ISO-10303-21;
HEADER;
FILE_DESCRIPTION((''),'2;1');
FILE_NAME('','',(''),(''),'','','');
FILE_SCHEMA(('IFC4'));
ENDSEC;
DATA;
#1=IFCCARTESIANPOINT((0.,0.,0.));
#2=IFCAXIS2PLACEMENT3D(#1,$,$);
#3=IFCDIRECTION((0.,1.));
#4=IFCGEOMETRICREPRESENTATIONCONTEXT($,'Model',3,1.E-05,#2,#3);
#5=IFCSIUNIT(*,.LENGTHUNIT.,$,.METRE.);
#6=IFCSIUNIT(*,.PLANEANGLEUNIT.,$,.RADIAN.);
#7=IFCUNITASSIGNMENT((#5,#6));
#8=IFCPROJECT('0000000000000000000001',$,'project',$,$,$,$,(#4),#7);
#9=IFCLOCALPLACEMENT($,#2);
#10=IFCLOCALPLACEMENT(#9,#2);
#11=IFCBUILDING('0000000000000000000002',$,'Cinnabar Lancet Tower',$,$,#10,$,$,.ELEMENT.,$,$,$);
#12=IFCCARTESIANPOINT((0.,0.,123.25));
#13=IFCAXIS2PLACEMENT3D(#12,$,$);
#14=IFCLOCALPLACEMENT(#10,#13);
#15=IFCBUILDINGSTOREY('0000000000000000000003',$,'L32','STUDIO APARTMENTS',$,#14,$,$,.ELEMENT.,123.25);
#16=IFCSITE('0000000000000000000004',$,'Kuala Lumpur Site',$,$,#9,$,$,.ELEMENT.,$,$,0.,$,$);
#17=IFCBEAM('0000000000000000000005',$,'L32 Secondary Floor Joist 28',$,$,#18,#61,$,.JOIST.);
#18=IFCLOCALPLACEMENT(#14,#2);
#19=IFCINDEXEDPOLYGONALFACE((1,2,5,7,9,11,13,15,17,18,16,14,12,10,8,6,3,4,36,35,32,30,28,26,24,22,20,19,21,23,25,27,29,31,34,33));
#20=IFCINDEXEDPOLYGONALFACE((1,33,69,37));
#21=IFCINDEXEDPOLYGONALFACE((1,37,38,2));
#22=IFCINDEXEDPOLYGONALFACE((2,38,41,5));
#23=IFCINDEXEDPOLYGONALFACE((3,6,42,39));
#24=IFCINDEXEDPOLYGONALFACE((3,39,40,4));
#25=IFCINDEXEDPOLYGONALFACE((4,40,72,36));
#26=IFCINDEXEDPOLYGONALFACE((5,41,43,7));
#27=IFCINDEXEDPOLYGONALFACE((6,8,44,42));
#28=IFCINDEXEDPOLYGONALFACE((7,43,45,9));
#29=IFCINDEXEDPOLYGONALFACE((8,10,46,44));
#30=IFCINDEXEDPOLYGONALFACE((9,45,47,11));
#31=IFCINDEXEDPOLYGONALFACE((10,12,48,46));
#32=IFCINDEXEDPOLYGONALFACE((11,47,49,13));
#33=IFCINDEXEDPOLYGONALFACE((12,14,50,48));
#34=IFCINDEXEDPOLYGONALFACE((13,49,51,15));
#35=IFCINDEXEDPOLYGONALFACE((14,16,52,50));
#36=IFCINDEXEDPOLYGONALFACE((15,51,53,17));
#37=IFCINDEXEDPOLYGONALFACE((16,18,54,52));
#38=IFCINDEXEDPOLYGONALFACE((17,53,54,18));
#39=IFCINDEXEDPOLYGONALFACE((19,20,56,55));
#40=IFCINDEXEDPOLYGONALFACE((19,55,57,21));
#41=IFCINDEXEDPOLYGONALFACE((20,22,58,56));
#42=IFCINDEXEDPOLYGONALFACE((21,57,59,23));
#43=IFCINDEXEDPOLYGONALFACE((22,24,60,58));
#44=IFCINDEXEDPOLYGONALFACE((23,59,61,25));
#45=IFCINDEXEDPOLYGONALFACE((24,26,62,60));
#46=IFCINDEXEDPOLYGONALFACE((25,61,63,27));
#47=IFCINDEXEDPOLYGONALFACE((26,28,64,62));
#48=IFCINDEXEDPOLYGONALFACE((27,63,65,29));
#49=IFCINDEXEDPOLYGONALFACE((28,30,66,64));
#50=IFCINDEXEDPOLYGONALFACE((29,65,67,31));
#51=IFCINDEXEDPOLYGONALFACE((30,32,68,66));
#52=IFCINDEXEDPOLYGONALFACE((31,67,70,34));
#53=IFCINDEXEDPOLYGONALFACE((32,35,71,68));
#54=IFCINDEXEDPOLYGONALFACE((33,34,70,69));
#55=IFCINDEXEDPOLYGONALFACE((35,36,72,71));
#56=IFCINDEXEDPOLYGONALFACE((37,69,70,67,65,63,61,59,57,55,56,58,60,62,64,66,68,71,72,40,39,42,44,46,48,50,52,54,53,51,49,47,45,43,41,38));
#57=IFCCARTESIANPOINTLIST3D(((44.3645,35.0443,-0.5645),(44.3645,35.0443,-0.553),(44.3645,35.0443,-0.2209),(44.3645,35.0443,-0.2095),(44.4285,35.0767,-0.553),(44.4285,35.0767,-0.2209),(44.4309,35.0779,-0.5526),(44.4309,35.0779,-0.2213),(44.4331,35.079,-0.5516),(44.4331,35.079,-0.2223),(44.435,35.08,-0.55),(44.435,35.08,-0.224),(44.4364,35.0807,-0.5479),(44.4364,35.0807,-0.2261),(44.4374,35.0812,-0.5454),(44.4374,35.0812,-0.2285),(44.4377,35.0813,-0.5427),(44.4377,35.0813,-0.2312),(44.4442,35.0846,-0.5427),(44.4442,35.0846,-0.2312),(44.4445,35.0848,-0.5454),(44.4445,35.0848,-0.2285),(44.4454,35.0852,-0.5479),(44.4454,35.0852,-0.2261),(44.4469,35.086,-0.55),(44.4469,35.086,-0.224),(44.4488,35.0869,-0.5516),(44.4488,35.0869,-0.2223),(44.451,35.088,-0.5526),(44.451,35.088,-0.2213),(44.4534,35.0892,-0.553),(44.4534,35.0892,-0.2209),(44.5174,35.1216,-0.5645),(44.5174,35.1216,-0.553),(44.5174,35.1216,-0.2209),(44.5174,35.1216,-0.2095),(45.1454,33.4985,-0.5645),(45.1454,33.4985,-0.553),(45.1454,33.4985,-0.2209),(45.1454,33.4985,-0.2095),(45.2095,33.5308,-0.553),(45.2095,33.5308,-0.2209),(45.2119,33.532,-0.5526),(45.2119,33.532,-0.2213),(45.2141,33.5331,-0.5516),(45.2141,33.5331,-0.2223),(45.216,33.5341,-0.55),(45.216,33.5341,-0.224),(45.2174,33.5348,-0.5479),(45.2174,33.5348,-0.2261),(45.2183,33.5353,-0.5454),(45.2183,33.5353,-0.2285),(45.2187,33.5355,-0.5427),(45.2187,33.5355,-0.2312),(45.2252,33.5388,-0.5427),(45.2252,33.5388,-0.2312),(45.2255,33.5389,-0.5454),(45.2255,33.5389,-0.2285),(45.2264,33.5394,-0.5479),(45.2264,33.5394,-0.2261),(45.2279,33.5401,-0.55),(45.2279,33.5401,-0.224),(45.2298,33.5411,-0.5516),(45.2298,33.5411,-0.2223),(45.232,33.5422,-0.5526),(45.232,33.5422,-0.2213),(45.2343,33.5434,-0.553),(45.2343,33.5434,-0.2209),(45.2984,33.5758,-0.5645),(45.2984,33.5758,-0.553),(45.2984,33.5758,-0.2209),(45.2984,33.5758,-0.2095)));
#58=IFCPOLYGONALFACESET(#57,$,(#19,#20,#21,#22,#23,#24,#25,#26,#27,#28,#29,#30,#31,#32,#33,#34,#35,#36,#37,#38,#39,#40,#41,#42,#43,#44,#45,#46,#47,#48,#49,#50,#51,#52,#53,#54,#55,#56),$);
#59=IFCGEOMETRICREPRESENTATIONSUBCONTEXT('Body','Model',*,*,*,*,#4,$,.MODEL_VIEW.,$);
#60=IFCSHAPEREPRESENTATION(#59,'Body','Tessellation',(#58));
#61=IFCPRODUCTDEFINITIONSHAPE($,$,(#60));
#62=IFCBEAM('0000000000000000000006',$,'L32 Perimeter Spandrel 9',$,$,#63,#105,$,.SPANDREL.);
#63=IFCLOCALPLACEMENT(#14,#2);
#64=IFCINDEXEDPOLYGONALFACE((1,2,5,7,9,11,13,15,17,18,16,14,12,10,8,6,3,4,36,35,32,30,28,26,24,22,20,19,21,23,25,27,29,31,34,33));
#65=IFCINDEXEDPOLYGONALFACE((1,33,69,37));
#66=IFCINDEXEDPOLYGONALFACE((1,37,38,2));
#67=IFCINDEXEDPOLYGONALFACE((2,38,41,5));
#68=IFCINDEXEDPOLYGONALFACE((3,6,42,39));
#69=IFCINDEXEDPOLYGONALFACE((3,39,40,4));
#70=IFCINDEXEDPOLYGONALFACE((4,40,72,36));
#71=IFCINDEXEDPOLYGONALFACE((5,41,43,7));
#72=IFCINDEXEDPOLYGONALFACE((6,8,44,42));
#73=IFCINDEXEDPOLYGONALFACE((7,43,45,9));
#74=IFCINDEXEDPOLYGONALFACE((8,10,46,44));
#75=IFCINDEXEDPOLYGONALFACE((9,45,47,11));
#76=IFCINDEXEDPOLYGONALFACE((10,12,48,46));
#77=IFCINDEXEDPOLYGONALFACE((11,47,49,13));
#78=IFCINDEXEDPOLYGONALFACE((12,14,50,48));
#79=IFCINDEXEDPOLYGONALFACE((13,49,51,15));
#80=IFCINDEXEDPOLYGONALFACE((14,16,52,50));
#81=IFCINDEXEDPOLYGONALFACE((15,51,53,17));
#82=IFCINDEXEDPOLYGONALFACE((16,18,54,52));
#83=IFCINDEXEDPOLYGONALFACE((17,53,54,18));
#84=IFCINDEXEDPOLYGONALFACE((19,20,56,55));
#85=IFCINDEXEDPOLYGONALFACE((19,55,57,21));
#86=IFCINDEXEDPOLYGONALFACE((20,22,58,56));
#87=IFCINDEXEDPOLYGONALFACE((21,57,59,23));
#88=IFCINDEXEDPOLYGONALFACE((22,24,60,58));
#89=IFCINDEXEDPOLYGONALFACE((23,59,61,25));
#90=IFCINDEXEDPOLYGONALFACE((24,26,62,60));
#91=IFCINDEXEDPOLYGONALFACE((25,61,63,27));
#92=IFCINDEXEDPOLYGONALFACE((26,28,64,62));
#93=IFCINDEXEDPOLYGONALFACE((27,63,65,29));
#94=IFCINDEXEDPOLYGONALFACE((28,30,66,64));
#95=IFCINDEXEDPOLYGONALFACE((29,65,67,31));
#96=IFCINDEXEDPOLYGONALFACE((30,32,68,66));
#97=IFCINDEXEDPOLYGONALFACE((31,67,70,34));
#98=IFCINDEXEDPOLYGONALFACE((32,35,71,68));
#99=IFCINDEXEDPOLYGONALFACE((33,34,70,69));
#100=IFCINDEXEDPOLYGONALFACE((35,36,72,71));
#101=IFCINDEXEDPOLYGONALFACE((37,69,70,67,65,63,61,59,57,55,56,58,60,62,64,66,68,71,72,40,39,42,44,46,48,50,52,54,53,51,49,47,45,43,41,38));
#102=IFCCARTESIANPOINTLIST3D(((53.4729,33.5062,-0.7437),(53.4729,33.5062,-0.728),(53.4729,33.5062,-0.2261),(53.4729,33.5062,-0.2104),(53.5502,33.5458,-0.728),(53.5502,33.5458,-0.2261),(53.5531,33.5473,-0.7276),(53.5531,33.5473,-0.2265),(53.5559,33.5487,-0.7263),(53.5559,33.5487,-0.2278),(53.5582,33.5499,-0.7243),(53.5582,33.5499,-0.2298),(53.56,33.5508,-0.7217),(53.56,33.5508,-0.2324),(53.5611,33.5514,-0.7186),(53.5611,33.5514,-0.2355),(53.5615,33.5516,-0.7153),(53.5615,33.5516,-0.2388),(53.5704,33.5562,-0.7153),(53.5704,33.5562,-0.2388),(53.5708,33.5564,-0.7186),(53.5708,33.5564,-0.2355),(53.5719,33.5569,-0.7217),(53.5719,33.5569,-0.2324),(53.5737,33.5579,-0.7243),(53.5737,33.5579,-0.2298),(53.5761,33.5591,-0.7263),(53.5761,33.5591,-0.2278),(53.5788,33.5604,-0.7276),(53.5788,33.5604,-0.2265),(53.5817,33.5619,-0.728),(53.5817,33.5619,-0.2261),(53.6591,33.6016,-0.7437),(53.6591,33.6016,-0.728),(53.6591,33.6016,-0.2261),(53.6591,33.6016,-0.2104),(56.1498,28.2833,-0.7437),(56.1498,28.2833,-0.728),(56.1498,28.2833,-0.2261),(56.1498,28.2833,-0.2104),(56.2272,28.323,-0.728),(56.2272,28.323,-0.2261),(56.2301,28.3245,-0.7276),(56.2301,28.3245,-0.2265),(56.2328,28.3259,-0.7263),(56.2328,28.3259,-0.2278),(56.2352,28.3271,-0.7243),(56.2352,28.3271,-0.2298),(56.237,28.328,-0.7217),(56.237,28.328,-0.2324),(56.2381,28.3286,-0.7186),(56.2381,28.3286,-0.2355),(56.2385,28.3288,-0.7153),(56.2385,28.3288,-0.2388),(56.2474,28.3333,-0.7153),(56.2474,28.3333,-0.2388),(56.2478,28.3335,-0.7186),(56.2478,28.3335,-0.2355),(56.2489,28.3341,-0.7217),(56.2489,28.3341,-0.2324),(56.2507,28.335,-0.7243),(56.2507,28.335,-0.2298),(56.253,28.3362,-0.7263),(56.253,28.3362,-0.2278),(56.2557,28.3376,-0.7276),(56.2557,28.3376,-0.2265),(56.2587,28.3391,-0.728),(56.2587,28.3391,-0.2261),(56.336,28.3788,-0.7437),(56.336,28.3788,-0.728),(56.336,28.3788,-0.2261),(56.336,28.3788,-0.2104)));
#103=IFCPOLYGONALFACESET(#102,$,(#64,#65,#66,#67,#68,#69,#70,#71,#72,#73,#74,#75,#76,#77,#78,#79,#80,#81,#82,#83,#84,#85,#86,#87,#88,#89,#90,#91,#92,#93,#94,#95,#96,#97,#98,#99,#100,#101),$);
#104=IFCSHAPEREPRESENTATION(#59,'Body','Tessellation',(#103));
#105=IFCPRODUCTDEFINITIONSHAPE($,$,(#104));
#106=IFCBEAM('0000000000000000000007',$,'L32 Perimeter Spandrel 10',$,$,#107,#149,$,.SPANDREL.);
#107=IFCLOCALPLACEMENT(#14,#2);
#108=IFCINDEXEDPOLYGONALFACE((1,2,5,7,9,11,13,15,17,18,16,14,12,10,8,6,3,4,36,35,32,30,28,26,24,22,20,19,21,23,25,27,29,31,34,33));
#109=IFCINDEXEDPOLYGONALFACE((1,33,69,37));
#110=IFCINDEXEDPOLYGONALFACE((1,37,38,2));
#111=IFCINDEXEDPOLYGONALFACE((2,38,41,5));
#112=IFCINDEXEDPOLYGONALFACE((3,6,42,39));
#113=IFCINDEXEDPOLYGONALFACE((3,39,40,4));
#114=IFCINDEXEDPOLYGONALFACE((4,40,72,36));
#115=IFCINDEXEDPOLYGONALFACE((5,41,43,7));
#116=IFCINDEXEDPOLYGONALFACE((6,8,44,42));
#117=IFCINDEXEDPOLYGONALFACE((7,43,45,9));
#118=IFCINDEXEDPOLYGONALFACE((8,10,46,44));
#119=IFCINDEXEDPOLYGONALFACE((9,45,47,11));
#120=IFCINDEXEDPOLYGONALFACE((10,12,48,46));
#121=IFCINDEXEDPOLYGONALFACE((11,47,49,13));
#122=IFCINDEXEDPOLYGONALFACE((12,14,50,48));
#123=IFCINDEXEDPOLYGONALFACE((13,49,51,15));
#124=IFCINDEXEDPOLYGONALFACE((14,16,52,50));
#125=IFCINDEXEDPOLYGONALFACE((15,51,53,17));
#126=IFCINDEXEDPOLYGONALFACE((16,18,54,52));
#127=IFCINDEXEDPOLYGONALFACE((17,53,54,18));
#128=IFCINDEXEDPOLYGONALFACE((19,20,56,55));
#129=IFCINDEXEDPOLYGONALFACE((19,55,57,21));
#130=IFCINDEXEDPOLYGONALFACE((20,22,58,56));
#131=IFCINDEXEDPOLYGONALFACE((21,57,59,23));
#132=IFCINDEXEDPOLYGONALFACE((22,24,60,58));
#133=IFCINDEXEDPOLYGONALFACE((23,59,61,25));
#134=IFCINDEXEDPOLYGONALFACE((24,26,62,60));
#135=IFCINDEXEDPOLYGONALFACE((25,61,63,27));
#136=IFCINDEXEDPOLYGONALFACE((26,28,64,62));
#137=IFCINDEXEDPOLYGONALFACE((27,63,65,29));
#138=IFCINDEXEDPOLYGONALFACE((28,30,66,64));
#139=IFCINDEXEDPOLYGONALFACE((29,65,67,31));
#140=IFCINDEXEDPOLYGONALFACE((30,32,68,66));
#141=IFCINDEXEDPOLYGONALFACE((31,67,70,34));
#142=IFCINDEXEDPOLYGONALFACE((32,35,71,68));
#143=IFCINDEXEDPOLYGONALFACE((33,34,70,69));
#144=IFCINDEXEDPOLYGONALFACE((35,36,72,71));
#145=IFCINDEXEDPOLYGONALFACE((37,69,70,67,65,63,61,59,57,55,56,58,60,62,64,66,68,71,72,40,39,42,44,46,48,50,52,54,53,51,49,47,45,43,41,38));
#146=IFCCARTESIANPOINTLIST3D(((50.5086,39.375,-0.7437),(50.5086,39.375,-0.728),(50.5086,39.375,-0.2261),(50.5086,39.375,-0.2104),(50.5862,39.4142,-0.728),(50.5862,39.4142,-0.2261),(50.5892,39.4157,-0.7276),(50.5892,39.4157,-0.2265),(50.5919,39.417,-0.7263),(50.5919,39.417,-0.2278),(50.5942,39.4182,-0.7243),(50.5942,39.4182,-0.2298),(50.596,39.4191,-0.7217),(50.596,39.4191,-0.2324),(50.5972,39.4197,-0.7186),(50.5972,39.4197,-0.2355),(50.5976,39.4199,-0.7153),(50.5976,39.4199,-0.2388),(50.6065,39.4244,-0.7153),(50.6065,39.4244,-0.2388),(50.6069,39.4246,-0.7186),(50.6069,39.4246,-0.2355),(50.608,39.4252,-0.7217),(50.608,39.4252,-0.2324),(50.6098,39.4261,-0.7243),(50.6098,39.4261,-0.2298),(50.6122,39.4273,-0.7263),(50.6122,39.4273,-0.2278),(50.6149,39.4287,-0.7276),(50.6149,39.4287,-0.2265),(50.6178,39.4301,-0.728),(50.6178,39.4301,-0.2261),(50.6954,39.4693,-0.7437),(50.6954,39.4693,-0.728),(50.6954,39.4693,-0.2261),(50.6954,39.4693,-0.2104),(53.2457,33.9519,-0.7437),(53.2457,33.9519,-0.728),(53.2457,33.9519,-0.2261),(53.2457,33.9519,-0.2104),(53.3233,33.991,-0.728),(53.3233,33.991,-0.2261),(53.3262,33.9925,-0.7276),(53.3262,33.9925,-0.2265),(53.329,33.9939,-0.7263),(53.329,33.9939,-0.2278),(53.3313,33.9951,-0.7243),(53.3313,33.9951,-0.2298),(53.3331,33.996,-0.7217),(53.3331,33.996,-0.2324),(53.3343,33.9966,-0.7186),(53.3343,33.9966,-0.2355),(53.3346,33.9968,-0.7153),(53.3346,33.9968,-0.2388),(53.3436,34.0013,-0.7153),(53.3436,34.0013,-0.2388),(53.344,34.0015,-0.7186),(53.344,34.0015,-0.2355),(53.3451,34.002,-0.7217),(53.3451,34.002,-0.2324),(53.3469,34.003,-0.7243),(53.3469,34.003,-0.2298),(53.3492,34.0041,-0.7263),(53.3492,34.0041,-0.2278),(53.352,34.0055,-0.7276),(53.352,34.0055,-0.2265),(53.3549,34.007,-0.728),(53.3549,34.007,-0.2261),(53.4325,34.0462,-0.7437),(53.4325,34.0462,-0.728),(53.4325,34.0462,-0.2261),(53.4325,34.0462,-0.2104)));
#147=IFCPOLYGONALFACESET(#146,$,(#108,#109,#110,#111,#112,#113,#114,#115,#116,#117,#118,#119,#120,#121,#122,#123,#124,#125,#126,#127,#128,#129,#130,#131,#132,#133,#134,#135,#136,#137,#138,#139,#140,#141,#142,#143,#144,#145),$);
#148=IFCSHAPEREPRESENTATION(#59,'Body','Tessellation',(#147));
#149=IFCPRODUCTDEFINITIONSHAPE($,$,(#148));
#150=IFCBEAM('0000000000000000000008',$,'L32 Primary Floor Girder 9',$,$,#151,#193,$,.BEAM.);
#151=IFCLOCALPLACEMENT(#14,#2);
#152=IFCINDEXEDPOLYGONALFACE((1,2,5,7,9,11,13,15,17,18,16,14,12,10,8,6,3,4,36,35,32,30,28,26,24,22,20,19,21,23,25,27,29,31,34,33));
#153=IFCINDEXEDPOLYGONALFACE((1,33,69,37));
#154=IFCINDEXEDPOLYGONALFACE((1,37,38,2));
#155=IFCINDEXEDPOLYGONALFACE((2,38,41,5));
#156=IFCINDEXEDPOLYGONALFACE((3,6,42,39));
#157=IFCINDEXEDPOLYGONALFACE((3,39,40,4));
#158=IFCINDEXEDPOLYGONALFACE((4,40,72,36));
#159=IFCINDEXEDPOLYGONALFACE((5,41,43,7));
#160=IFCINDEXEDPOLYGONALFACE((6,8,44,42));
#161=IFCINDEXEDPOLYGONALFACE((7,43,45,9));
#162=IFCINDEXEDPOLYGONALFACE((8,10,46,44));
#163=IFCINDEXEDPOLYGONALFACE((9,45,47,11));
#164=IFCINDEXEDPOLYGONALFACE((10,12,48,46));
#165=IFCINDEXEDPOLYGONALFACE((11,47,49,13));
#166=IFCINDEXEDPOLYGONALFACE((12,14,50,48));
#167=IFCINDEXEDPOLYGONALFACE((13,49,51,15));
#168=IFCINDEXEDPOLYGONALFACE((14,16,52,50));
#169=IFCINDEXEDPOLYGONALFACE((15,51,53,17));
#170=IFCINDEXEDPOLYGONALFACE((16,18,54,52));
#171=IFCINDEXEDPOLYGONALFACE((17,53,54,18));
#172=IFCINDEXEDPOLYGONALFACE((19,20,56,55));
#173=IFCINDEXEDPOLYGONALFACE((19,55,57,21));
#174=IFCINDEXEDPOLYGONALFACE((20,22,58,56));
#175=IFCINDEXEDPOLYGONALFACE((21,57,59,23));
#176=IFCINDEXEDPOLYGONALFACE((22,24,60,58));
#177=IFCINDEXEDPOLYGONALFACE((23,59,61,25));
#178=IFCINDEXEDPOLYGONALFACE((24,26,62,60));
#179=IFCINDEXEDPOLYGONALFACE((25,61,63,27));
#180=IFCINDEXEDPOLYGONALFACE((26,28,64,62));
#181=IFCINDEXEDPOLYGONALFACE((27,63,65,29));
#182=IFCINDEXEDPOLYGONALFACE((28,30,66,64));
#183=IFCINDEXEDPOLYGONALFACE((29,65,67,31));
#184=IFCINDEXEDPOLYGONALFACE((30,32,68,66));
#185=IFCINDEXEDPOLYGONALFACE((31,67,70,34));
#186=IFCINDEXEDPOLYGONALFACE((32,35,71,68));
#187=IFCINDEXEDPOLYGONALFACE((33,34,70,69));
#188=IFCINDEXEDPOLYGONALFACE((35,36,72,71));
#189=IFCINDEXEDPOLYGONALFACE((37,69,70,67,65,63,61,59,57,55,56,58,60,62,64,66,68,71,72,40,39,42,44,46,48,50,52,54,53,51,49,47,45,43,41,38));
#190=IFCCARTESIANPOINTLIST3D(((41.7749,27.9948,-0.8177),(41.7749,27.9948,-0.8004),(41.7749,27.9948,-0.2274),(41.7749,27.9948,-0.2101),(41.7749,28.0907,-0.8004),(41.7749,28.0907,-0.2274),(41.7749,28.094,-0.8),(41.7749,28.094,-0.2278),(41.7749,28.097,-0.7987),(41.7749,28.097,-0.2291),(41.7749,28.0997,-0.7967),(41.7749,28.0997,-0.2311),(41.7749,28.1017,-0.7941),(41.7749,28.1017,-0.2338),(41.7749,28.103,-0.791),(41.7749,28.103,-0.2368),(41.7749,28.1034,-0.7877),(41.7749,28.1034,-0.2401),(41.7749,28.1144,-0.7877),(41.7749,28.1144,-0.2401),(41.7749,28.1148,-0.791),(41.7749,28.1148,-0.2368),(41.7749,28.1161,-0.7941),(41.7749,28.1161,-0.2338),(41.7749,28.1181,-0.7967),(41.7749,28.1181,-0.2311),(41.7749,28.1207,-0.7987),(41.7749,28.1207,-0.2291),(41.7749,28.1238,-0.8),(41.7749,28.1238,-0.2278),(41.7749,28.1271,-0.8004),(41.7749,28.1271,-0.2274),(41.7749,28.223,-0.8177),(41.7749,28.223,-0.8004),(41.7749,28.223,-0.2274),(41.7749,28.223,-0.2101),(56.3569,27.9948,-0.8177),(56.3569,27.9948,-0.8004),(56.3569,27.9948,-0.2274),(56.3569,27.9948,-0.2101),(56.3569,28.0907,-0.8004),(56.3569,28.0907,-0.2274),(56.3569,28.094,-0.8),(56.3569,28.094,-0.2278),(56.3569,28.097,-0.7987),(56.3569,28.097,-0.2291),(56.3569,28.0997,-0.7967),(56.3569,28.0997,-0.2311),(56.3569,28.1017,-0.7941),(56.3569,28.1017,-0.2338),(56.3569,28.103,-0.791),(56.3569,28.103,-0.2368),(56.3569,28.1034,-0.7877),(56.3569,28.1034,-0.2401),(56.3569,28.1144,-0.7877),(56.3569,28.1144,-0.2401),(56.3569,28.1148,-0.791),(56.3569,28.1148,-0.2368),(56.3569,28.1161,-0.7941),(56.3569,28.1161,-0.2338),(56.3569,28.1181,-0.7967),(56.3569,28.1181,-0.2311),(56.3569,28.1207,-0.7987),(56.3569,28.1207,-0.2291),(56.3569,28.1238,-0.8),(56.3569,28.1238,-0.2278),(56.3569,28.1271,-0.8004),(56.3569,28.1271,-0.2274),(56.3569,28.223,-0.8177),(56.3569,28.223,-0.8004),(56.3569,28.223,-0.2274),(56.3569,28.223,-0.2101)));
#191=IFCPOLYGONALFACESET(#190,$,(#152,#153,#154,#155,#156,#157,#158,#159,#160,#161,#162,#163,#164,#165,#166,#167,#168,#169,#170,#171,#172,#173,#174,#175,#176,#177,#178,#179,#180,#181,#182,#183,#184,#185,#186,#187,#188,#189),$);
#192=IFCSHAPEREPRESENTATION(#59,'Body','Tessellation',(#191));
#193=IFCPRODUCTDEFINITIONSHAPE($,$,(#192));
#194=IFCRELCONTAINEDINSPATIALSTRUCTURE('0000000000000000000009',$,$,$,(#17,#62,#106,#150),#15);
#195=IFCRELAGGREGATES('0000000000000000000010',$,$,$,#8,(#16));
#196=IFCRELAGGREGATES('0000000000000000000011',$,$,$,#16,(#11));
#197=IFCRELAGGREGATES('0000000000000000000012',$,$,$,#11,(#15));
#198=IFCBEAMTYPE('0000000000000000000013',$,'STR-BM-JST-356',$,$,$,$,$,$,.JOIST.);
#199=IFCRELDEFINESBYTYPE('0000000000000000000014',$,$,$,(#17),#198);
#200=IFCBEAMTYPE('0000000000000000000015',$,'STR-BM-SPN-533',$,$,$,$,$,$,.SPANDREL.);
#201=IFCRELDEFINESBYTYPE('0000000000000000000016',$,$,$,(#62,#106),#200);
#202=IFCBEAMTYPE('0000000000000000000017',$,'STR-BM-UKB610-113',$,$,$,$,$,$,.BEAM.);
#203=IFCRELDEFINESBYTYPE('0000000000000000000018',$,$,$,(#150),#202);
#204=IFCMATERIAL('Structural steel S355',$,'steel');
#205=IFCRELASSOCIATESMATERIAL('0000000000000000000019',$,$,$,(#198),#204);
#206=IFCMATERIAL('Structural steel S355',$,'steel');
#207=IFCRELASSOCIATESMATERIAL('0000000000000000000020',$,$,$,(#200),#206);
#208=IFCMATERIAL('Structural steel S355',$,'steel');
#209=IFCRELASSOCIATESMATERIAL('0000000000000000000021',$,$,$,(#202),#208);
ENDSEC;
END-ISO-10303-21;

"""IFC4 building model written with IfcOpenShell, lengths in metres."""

from ifc_helpers import new_model, si_unit, direction, frame, origin, origin_2d, place, context, subcontext, project, spatial, i_section, extrude, material, material_profile, profile_set, type_object, element, save


model = new_model("IFC4")

# Units and contexts
model_context = context("Model", 3, precision=1e-05, world=origin(), true_north=direction((0.0, 1.0)))
body_context = subcontext(model_context, "Body", "Model", "MODEL_VIEW")
ifc_project = project(units=[si_unit("LENGTHUNIT", "METRE"), si_unit("PLANEANGLEUNIT", "RADIAN")], contexts=[model_context])

# Site, building, storey
site_placement = place(None, origin())
site = spatial("IfcSite", under=ifc_project, at=site_placement, Name="Kuala Lumpur Site", CompositionType="ELEMENT", RefElevation=0.0)
building_placement = place(site_placement, origin())
building = spatial("IfcBuilding", under=site, at=building_placement, Name="Cinnabar Lancet Tower", CompositionType="ELEMENT")
storey_placement = place(building_placement, frame((0.0, 0.0, 123.25)))
storey = spatial("IfcBuildingStorey", under=building, at=storey_placement, Name="L32", Description="STUDIO APARTMENTS", CompositionType="ELEMENT", Elevation=123.25)

# Beams
ifc_material_1 = material(Name="Structural steel S355", Category="steel")
ifc_material_profile_1 = material_profile(ifc_material_1, i_section(OverallWidth=0.1714, OverallDepth=0.355, WebThickness=0.0073, FlangeThickness=0.0115, FilletRadius=0.0103, at=origin_2d()), Name="UKB 356x171x51")
ifc_profile_set_1 = profile_set([ifc_material_profile_1], Name="Structural steel S355")
beam_type_1 = type_object("IfcBeamType", Name="STR-BM-JST-356", PredefinedType="JOIST", material=ifc_profile_set_1)
beam_1_placement = place(storey_placement, frame((45.2219, 33.5371, -0.387), z_axis=(-0.450931, 0.892559, 0.0), x_axis=(-0.892559, -0.450931, 0.0)))
element("IfcBeam", 1, at=beam_1_placement, inside=storey, type_object=beam_type_1, Name="L32 Secondary Floor Joist 28", PredefinedType="JOIST", context=body_context, shape_type="SweptSolid", body=[
    extrude(i_section(OverallWidth=0.1714, OverallDepth=0.355, WebThickness=0.0073, FlangeThickness=0.0115, FilletRadius=0.0103, at=origin_2d()), origin(), (0.0, 0.0, 1.0), 1.7319),
])
ifc_material_2 = material(Name="Structural steel S355", Category="steel")
ifc_material_profile_2 = material_profile(ifc_material_2, i_section(OverallWidth=0.2092, OverallDepth=0.5332, WebThickness=0.01, FlangeThickness=0.0156, FilletRadius=0.0127, at=origin_2d()), Name="UKB 533x210x92")
ifc_profile_set_2 = profile_set([ifc_material_profile_2], Name="Structural steel S355")
beam_type_2 = type_object("IfcBeamType", Name="STR-BM-SPN-533", PredefinedType="SPANDREL", material=ifc_profile_set_2)
beam_2_placement = place(storey_placement, frame((56.2429, 28.3311, -0.4771), z_axis=(-0.456127, 0.889915, 0.0), x_axis=(-0.889915, -0.456127, 0.0)))
element("IfcBeam", 2, at=beam_2_placement, inside=storey, type_object=beam_type_2, Name="L32 Perimeter Spandrel 9", PredefinedType="SPANDREL", context=body_context, shape_type="SweptSolid", body=[
    extrude(i_section(OverallWidth=0.2092, OverallDepth=0.5332, WebThickness=0.01, FlangeThickness=0.0156, FilletRadius=0.0127, at=origin_2d()), origin(), (0.0, 0.0, 1.0), 5.8689),
])
beam_3_placement = place(storey_placement, frame((53.3391, 33.999, -0.4771), z_axis=(-0.45057, 0.892741, 0.0), x_axis=(-0.892741, -0.45057, 0.0)))
element("IfcBeam", 3, at=beam_3_placement, inside=storey, type_object=beam_type_2, Name="L32 Perimeter Spandrel 10", PredefinedType="SPANDREL", context=body_context, shape_type="SweptSolid", body=[
    extrude(i_section(OverallWidth=0.2092, OverallDepth=0.5332, WebThickness=0.01, FlangeThickness=0.0156, FilletRadius=0.0127, at=origin_2d()), origin(), (0.0, 0.0, 1.0), 6.0747),
])
ifc_material_3 = material(Name="Structural steel S355", Category="steel")
ifc_material_profile_3 = material_profile(ifc_material_3, i_section(OverallWidth=0.2283, OverallDepth=0.6077, WebThickness=0.011, FlangeThickness=0.0173, FilletRadius=0.0127, at=origin_2d()), Name="UKB 610x229x113")
ifc_profile_set_3 = profile_set([ifc_material_profile_3], Name="Structural steel S355")
beam_type_3 = type_object("IfcBeamType", Name="STR-BM-UKB610-113", PredefinedType="BEAM", material=ifc_profile_set_3)
beam_4_placement = place(storey_placement, frame((56.3569, 28.1089, -0.5139), z_axis=(-1.0, 0.0, 0.0), x_axis=(0.0, -1.0, 0.0)))
element("IfcBeam", 4, at=beam_4_placement, inside=storey, type_object=beam_type_3, Name="L32 Primary Floor Girder 9", PredefinedType="BEAM", context=body_context, shape_type="SweptSolid", body=[
    extrude(i_section(OverallWidth=0.2283, OverallDepth=0.6077, WebThickness=0.011, FlangeThickness=0.0173, FilletRadius=0.0127, at=origin_2d()), origin(), (0.0, 0.0, 1.0), 14.582),
])

save(model, "model.ifc")
